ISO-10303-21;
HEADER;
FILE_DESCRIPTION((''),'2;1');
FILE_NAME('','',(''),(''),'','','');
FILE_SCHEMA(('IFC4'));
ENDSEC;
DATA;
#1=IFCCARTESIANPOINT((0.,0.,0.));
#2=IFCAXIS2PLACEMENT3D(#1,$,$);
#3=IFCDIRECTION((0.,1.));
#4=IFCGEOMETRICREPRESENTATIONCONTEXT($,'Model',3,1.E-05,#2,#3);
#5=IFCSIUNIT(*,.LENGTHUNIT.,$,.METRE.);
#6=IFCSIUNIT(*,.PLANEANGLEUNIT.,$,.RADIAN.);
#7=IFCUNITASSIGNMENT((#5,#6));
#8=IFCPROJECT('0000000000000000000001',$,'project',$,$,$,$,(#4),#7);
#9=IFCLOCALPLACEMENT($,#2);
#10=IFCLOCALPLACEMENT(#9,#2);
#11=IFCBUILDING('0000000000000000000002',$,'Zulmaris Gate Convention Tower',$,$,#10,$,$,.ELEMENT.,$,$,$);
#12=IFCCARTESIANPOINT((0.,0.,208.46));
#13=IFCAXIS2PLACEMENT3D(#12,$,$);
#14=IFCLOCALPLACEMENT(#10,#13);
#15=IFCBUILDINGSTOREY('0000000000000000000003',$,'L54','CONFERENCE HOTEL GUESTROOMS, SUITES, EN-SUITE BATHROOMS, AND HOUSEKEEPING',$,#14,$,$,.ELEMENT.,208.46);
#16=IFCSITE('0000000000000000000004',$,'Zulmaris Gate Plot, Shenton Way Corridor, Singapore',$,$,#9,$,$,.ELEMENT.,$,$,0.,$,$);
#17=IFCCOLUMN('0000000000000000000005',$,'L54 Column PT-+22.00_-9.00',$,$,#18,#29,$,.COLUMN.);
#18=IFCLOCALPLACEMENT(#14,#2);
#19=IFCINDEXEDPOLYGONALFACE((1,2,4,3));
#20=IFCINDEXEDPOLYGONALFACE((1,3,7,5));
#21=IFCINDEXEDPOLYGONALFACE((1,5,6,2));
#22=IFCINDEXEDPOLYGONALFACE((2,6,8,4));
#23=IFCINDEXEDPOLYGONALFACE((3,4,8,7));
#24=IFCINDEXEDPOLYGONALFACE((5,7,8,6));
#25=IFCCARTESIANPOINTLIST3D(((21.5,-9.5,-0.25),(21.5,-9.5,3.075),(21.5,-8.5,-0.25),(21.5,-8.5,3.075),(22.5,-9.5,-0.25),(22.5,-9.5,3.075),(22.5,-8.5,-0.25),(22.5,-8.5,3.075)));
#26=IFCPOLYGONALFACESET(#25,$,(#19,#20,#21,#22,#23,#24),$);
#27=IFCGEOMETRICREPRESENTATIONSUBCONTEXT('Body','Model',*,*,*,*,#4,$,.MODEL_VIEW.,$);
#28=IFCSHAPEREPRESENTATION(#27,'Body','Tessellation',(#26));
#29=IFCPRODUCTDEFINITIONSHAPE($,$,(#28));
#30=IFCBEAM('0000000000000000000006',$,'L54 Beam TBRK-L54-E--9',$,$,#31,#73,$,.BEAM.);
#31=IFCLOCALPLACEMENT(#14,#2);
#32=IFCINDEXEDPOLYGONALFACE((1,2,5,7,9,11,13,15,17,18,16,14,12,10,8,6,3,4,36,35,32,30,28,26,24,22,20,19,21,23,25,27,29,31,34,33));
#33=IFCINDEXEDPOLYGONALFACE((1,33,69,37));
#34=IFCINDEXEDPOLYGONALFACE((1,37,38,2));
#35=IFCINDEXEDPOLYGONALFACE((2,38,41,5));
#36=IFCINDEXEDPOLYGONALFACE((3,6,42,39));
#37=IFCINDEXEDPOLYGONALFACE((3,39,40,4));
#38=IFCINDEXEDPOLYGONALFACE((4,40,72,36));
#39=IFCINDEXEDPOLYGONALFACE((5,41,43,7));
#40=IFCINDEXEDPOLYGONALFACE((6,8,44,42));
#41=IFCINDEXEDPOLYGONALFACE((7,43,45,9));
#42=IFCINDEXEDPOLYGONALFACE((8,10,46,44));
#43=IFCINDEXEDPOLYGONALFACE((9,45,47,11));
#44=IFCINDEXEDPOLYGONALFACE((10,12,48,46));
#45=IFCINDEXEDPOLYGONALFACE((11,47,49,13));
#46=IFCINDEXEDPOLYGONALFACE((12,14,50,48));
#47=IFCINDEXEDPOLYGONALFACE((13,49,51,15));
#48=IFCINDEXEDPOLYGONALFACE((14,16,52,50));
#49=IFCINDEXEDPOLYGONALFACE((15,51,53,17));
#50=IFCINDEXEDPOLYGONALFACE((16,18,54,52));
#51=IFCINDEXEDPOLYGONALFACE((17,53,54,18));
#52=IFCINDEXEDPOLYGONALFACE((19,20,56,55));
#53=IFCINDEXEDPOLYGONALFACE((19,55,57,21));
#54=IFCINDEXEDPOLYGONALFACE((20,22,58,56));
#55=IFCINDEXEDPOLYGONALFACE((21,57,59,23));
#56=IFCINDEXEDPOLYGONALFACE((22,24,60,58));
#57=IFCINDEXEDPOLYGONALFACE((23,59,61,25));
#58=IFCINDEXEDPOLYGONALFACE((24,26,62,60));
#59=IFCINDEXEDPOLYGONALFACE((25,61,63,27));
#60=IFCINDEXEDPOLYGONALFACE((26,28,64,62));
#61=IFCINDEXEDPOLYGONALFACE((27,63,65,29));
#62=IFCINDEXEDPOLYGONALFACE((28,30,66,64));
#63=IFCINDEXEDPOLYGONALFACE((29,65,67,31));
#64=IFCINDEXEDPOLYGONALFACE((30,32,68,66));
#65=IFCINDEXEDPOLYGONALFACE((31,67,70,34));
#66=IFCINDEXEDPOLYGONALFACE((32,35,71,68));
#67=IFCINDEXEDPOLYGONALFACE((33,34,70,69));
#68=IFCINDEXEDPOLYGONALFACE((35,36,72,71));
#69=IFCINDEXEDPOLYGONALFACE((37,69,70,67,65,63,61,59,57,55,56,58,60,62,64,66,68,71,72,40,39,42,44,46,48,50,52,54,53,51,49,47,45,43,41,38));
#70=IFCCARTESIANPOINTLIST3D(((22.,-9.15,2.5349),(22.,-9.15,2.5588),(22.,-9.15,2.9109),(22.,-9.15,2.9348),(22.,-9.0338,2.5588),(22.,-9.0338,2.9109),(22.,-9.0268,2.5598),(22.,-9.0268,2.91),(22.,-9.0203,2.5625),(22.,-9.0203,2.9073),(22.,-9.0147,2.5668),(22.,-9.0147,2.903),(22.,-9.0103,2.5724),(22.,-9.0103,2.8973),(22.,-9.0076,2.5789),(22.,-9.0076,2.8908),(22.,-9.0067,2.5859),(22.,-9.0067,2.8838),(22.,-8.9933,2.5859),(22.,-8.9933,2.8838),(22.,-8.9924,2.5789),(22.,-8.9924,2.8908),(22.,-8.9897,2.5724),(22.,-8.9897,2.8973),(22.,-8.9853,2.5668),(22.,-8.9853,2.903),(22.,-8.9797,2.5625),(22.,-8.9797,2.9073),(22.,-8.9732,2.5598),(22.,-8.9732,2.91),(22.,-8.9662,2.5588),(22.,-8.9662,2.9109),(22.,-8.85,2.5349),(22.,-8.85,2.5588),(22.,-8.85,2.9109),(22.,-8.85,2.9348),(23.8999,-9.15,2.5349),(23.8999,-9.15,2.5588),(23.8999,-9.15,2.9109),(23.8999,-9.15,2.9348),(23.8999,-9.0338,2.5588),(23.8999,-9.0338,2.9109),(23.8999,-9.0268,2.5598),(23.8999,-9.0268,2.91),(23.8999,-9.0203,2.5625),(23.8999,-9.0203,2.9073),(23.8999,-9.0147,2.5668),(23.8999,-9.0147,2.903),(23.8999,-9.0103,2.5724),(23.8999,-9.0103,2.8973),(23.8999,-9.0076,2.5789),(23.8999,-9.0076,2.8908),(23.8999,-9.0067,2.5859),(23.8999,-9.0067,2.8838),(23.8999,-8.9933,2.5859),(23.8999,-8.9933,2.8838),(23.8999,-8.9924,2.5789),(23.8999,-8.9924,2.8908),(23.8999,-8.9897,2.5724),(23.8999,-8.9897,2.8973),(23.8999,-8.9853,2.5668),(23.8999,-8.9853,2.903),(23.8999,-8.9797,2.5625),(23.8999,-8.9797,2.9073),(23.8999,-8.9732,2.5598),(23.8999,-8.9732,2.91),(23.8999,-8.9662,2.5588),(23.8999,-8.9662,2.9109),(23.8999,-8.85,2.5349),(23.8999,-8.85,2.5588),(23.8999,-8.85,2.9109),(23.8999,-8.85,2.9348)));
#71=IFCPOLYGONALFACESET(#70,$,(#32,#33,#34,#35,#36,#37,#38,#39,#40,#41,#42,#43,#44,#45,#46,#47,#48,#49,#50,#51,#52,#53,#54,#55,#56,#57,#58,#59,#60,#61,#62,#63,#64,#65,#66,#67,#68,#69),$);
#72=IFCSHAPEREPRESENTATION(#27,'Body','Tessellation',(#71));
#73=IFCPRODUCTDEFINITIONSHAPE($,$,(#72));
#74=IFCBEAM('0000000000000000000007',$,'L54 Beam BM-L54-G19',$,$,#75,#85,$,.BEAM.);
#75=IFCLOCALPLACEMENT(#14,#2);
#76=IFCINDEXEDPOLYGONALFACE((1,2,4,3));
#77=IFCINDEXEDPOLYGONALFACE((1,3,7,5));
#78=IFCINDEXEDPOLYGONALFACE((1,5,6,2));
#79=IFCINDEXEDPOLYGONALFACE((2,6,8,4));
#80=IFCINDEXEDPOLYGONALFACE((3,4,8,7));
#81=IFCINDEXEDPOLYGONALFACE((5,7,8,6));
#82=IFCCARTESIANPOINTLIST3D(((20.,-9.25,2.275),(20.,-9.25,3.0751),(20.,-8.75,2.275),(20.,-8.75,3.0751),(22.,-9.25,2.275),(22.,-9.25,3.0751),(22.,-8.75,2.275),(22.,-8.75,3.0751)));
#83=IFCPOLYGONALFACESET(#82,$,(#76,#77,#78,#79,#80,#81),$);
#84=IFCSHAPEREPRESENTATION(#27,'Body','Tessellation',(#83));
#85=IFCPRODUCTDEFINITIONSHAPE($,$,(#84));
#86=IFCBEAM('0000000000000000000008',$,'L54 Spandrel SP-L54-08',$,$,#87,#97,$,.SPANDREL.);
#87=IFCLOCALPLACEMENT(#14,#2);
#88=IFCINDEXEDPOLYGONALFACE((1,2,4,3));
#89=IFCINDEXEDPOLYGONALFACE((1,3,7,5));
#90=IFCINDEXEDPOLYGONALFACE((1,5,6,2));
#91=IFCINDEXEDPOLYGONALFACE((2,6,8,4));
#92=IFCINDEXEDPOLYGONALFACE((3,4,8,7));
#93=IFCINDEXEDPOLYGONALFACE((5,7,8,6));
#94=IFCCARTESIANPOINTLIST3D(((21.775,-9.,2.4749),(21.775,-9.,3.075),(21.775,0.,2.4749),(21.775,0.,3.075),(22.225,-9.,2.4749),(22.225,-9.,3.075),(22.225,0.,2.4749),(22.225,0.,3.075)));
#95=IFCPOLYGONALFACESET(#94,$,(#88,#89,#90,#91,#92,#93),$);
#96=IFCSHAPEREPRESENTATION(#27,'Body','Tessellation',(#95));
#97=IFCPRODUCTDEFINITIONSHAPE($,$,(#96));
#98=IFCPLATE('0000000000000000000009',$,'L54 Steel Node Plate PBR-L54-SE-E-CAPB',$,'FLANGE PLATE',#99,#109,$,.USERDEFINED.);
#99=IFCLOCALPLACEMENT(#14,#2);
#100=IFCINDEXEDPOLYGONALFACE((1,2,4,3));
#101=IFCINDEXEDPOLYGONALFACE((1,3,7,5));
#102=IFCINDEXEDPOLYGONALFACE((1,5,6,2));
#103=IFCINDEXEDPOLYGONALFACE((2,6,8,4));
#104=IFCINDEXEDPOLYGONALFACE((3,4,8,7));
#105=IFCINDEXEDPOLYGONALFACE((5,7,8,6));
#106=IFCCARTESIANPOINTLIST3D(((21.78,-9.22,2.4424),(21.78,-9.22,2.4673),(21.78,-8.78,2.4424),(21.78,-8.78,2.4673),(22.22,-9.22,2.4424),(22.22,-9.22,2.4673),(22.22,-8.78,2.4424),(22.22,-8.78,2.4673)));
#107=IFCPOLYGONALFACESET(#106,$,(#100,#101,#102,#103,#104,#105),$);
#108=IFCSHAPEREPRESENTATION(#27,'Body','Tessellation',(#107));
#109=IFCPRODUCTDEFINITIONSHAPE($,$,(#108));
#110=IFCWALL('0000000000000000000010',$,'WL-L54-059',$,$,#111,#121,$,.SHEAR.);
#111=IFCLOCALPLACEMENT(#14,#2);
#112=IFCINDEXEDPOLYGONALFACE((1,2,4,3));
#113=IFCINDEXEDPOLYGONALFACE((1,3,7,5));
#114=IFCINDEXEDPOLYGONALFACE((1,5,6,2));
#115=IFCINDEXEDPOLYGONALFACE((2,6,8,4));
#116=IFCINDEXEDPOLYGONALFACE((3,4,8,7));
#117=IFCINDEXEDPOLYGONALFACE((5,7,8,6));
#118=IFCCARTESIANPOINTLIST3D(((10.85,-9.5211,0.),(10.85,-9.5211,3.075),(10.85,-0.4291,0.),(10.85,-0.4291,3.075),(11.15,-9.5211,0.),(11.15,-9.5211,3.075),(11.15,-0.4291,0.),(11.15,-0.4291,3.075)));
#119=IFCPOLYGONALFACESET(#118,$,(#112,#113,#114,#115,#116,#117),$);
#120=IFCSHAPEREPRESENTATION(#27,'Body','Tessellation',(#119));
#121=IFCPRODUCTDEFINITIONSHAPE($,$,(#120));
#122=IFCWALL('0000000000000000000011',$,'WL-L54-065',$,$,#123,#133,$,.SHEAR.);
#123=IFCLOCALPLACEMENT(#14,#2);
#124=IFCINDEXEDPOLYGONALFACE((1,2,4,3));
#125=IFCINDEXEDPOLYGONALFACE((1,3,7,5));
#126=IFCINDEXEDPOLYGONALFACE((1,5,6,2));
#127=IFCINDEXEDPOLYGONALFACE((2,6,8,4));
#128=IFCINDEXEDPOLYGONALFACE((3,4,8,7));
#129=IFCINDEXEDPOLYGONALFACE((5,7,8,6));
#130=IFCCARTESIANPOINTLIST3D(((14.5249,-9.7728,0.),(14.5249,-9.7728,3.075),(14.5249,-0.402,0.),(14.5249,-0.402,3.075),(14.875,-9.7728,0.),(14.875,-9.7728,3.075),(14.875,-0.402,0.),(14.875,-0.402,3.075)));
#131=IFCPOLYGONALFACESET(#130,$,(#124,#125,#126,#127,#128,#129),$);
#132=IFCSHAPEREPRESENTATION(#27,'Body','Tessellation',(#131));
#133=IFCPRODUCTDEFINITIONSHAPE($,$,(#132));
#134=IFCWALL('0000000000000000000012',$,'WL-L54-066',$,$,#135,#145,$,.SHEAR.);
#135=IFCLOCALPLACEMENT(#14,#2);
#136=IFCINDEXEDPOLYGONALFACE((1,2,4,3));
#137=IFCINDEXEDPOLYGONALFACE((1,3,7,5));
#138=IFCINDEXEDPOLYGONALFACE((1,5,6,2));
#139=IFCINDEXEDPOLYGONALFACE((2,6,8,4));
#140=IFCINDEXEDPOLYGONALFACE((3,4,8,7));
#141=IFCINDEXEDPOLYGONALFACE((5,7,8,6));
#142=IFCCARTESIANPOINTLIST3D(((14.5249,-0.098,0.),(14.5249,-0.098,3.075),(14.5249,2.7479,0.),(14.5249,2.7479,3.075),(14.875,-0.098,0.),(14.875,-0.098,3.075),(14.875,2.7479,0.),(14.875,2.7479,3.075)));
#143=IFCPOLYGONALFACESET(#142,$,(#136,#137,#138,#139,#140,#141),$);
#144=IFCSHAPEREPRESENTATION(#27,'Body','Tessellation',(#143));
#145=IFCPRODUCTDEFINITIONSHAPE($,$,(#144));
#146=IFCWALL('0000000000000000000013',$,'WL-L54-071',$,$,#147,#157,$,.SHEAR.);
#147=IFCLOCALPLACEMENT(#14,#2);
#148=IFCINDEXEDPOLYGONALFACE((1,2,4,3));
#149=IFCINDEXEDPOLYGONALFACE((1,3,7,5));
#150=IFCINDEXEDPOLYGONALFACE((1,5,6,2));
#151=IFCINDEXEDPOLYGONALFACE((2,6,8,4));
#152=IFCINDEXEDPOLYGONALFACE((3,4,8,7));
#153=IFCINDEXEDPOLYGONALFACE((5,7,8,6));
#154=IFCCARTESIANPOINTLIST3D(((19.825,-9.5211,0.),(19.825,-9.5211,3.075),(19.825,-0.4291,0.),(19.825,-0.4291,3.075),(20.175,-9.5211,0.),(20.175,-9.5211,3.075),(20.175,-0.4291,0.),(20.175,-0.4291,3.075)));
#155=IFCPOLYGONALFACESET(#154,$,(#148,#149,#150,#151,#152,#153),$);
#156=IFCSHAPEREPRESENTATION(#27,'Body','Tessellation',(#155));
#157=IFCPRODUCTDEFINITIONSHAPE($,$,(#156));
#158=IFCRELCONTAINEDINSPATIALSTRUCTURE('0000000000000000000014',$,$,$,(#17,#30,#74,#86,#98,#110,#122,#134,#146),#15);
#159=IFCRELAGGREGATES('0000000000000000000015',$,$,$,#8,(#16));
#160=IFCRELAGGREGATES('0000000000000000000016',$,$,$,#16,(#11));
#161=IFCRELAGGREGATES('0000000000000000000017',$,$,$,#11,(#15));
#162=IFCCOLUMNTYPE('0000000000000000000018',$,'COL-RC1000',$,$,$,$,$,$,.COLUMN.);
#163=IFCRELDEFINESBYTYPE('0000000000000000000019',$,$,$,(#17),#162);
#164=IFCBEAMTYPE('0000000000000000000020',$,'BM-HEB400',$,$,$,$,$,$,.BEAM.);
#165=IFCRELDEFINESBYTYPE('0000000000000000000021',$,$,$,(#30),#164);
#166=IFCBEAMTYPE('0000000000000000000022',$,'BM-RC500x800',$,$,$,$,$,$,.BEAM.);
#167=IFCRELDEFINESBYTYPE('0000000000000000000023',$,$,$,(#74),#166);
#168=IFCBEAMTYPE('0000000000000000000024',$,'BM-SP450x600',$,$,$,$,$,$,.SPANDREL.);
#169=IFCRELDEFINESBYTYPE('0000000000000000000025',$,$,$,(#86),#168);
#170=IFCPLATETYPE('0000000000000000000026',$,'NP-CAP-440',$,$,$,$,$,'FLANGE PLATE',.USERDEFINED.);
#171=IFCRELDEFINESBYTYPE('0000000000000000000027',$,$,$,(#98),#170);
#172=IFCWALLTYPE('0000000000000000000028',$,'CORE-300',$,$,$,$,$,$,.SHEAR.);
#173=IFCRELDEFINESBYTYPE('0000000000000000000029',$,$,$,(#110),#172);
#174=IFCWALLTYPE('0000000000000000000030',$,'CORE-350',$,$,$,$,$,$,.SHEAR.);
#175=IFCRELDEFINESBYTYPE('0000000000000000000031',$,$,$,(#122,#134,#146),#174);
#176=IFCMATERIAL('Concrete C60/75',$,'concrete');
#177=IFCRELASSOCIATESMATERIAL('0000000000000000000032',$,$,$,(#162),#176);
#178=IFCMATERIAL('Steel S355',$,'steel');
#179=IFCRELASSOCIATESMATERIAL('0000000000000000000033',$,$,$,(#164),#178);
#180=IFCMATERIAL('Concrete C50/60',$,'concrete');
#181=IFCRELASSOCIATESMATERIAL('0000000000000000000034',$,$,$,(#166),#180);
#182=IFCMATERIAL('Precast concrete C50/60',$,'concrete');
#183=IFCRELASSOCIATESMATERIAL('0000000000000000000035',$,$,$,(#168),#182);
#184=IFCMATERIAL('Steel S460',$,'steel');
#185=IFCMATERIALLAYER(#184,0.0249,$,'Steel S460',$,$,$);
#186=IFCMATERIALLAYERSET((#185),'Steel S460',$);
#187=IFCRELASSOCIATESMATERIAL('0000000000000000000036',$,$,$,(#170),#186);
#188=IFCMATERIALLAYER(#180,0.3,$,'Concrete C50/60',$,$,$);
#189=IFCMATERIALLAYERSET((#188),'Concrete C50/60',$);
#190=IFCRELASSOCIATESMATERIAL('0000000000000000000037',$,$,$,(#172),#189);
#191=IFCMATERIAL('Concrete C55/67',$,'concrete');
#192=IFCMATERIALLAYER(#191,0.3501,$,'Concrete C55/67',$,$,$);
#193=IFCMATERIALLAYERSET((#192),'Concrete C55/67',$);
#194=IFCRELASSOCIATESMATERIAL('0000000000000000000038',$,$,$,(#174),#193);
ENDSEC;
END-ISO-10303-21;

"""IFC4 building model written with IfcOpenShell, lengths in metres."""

from ifc_helpers import new_model, si_unit, direction, frame, frame_2d, origin, origin_2d, place, context, subcontext, project, spatial, rectangle, i_section, extrude, material, layer, layer_set, material_profile, profile_set, type_object, element, save


model = new_model("IFC4")

# Units and contexts
model_context = context("Model", 3, precision=1e-05, world=origin(), true_north=direction((0.0, 1.0)))
body_context = subcontext(model_context, "Body", "Model", "MODEL_VIEW")
ifc_project = project(units=[si_unit("LENGTHUNIT", "METRE"), si_unit("PLANEANGLEUNIT", "RADIAN")], contexts=[model_context])

# Site, building, storey
site_placement = place(None, origin())
site = spatial("IfcSite", under=ifc_project, at=site_placement, Name="Zulmaris Gate Plot, Shenton Way Corridor, Singapore", CompositionType="ELEMENT", RefElevation=0.0)
building_placement = place(site_placement, origin())
building = spatial("IfcBuilding", under=site, at=building_placement, Name="Zulmaris Gate Convention Tower", CompositionType="ELEMENT")
storey_placement = place(building_placement, frame((0.0, 0.0, 208.46)))
storey = spatial("IfcBuildingStorey", under=building, at=storey_placement, Name="L54", Description="CONFERENCE HOTEL GUESTROOMS, SUITES, EN-SUITE BATHROOMS, AND HOUSEKEEPING", CompositionType="ELEMENT", Elevation=208.46)

# Column
ifc_material_1 = material(Name="Concrete C60/75", Category="concrete")
ifc_material_profile_1 = material_profile(ifc_material_1, rectangle(XDim=1.0, YDim=1.0, at=origin_2d()), Name="RC COL 1000x1000")
ifc_profile_set_1 = profile_set([ifc_material_profile_1], Name="Concrete C60/75")
column_type = type_object("IfcColumnType", Name="COL-RC1000", PredefinedType="COLUMN", material=ifc_profile_set_1)
column_placement = place(storey_placement, frame((22.0, -9.0, -0.25), z_axis=(0.0, 0.0, 1.0), x_axis=(1.0, 0.0, 0.0)))
element("IfcColumn", 1, at=column_placement, inside=storey, type_object=column_type, Name="L54 Column PT-+22.00_-9.00", PredefinedType="COLUMN", context=body_context, shape_type="SweptSolid", body=[
    extrude(rectangle(XDim=1.0, YDim=1.0, at=origin_2d()), origin(), (0.0, 0.0, 1.0), 3.325),
])

# Beams
ifc_material_2 = material(Name="Steel S355", Category="steel")
ifc_material_profile_2 = material_profile(ifc_material_2, i_section(OverallWidth=0.3, OverallDepth=0.3999, WebThickness=0.0134, FlangeThickness=0.0239, FilletRadius=0.0271, at=origin_2d()), Name="HEB 400")
ifc_profile_set_2 = profile_set([ifc_material_profile_2], Name="Steel S355")
beam_type_1 = type_object("IfcBeamType", Name="BM-HEB400", PredefinedType="BEAM", material=ifc_profile_set_2)
beam_1_placement = place(storey_placement, frame((22.0, -9.0, 2.7349), z_axis=(1.0, 0.0, 0.0), x_axis=(0.0, 1.0, 0.0)))
element("IfcBeam", 2, at=beam_1_placement, inside=storey, type_object=beam_type_1, Name="L54 Beam TBRK-L54-E--9", PredefinedType="BEAM", context=body_context, shape_type="SweptSolid", body=[
    extrude(i_section(OverallWidth=0.3, OverallDepth=0.3999, WebThickness=0.0134, FlangeThickness=0.0239, FilletRadius=0.0271, at=origin_2d()), origin(), (0.0, 0.0, 1.0), 1.8999),
])
ifc_material_3 = material(Name="Concrete C50/60", Category="concrete")
ifc_material_profile_3 = material_profile(ifc_material_3, rectangle(XDim=0.5, YDim=0.8, at=origin_2d()), Name="RC BEAM 500x800")
ifc_profile_set_3 = profile_set([ifc_material_profile_3], Name="Concrete C50/60")
beam_type_2 = type_object("IfcBeamType", Name="BM-RC500x800", PredefinedType="BEAM", material=ifc_profile_set_3)
beam_2_placement = place(storey_placement, frame((20.0, -9.0, 2.675), z_axis=(1.0, 0.0, 0.0), x_axis=(0.0, 1.0, 0.0)))
element("IfcBeam", 3, at=beam_2_placement, inside=storey, type_object=beam_type_2, Name="L54 Beam BM-L54-G19", PredefinedType="BEAM", context=body_context, shape_type="SweptSolid", body=[
    extrude(rectangle(XDim=0.5, YDim=0.8, at=origin_2d()), origin(), (0.0, 0.0, 1.0), 2.0),
])
ifc_material_4 = material(Name="Precast concrete C50/60", Category="concrete")
ifc_material_profile_4 = material_profile(ifc_material_4, rectangle(XDim=0.45, YDim=0.6001, at=origin_2d()), Name="RC SPANDREL 450x600")
ifc_profile_set_4 = profile_set([ifc_material_profile_4], Name="Precast concrete C50/60")
beam_type_3 = type_object("IfcBeamType", Name="BM-SP450x600", PredefinedType="SPANDREL", material=ifc_profile_set_4)
beam_3_placement = place(storey_placement, frame((22.0, -9.0, 2.7749), z_axis=(0.0, 1.0, 0.0), x_axis=(-1.0, 0.0, 0.0)))
element("IfcBeam", 4, at=beam_3_placement, inside=storey, type_object=beam_type_3, Name="L54 Spandrel SP-L54-08", PredefinedType="SPANDREL", context=body_context, shape_type="SweptSolid", body=[
    extrude(rectangle(XDim=0.45, YDim=0.6001, at=origin_2d()), origin(), (0.0, 0.0, 1.0), 9.0),
])

# Plate
ifc_material_5 = material(Name="Steel S460", Category="steel")
ifc_layer_1 = layer(ifc_material_5, 0.0249, Name="Steel S460")
ifc_layer_set_1 = layer_set([ifc_layer_1], Name="Steel S460")
plate_type = type_object("IfcPlateType", Name="NP-CAP-440", ElementType="FLANGE PLATE", PredefinedType="USERDEFINED", material=ifc_layer_set_1)
plate_placement = place(storey_placement, frame((22.0, -9.0, 2.4424), z_axis=(0.0, 0.0, 1.0), x_axis=(1.0, 0.0, 0.0)))
element("IfcPlate", 5, at=plate_placement, inside=storey, type_object=plate_type, Name="L54 Steel Node Plate PBR-L54-SE-E-CAPB", ObjectType="FLANGE PLATE", PredefinedType="USERDEFINED", context=body_context, shape_type="SweptSolid", body=[
    extrude(rectangle(XDim=0.4399, YDim=0.4399, at=origin_2d()), origin(), (0.0, 0.0, 1.0), 0.0249),
])

# Shared definitions
ifc_layer_2 = layer(ifc_material_3, 0.3, Name="Concrete C50/60")
ifc_layer_set_2 = layer_set([ifc_layer_2], Name="Concrete C50/60")
wall_type_1 = type_object("IfcWallType", Name="CORE-300", PredefinedType="SHEAR", material=ifc_layer_set_2)

# Walls
wall_1_placement = place(storey_placement, frame((11.0, -9.521, 0.0), z_axis=(0.0, 0.0, 1.0), x_axis=(0.0, 1.0, 0.0)))
element("IfcWall", 6, at=wall_1_placement, inside=storey, type_object=wall_type_1, Name="WL-L54-059", PredefinedType="SHEAR", context=body_context, shape_type="SweptSolid", body=[
    extrude(rectangle(XDim=9.092, YDim=0.3, at=frame_2d((4.5459, 0.0))), origin(), (0.0, 0.0, 1.0), 3.075),
])
ifc_material_6 = material(Name="Concrete C55/67", Category="concrete")
ifc_layer_3 = layer(ifc_material_6, 0.3501, Name="Concrete C55/67")
ifc_layer_set_3 = layer_set([ifc_layer_3], Name="Concrete C55/67")
wall_type_2 = type_object("IfcWallType", Name="CORE-350", PredefinedType="SHEAR", material=ifc_layer_set_3)
wall_2_placement = place(storey_placement, frame((14.7, -9.7729, 0.0), z_axis=(0.0, 0.0, 1.0), x_axis=(0.0, 1.0, 0.0)))
element("IfcWall", 7, at=wall_2_placement, inside=storey, type_object=wall_type_2, Name="WL-L54-065", PredefinedType="SHEAR", context=body_context, shape_type="SweptSolid", body=[
    extrude(rectangle(XDim=9.3708, YDim=0.3501, at=frame_2d((4.6855, 0.0))), origin(), (0.0, 0.0, 1.0), 3.075),
])
wall_3_placement = place(storey_placement, frame((14.7, -0.0979, 0.0), z_axis=(0.0, 0.0, 1.0), x_axis=(0.0, 1.0, 0.0)))
element("IfcWall", 8, at=wall_3_placement, inside=storey, type_object=wall_type_2, Name="WL-L54-066", PredefinedType="SHEAR", context=body_context, shape_type="SweptSolid", body=[
    extrude(rectangle(XDim=2.8459, YDim=0.3501, at=frame_2d((1.4229, 0.0))), origin(), (0.0, 0.0, 1.0), 3.075),
])
wall_4_placement = place(storey_placement, frame((20.0, -9.521, 0.0), z_axis=(0.0, 0.0, 1.0), x_axis=(0.0, 1.0, 0.0)))
element("IfcWall", 9, at=wall_4_placement, inside=storey, type_object=wall_type_2, Name="WL-L54-071", PredefinedType="SHEAR", context=body_context, shape_type="SweptSolid", body=[
    extrude(rectangle(XDim=9.092, YDim=0.3501, at=frame_2d((4.5459, 0.0))), origin(), (0.0, 0.0, 1.0), 3.075),
])

save(model, "model.ifc")
